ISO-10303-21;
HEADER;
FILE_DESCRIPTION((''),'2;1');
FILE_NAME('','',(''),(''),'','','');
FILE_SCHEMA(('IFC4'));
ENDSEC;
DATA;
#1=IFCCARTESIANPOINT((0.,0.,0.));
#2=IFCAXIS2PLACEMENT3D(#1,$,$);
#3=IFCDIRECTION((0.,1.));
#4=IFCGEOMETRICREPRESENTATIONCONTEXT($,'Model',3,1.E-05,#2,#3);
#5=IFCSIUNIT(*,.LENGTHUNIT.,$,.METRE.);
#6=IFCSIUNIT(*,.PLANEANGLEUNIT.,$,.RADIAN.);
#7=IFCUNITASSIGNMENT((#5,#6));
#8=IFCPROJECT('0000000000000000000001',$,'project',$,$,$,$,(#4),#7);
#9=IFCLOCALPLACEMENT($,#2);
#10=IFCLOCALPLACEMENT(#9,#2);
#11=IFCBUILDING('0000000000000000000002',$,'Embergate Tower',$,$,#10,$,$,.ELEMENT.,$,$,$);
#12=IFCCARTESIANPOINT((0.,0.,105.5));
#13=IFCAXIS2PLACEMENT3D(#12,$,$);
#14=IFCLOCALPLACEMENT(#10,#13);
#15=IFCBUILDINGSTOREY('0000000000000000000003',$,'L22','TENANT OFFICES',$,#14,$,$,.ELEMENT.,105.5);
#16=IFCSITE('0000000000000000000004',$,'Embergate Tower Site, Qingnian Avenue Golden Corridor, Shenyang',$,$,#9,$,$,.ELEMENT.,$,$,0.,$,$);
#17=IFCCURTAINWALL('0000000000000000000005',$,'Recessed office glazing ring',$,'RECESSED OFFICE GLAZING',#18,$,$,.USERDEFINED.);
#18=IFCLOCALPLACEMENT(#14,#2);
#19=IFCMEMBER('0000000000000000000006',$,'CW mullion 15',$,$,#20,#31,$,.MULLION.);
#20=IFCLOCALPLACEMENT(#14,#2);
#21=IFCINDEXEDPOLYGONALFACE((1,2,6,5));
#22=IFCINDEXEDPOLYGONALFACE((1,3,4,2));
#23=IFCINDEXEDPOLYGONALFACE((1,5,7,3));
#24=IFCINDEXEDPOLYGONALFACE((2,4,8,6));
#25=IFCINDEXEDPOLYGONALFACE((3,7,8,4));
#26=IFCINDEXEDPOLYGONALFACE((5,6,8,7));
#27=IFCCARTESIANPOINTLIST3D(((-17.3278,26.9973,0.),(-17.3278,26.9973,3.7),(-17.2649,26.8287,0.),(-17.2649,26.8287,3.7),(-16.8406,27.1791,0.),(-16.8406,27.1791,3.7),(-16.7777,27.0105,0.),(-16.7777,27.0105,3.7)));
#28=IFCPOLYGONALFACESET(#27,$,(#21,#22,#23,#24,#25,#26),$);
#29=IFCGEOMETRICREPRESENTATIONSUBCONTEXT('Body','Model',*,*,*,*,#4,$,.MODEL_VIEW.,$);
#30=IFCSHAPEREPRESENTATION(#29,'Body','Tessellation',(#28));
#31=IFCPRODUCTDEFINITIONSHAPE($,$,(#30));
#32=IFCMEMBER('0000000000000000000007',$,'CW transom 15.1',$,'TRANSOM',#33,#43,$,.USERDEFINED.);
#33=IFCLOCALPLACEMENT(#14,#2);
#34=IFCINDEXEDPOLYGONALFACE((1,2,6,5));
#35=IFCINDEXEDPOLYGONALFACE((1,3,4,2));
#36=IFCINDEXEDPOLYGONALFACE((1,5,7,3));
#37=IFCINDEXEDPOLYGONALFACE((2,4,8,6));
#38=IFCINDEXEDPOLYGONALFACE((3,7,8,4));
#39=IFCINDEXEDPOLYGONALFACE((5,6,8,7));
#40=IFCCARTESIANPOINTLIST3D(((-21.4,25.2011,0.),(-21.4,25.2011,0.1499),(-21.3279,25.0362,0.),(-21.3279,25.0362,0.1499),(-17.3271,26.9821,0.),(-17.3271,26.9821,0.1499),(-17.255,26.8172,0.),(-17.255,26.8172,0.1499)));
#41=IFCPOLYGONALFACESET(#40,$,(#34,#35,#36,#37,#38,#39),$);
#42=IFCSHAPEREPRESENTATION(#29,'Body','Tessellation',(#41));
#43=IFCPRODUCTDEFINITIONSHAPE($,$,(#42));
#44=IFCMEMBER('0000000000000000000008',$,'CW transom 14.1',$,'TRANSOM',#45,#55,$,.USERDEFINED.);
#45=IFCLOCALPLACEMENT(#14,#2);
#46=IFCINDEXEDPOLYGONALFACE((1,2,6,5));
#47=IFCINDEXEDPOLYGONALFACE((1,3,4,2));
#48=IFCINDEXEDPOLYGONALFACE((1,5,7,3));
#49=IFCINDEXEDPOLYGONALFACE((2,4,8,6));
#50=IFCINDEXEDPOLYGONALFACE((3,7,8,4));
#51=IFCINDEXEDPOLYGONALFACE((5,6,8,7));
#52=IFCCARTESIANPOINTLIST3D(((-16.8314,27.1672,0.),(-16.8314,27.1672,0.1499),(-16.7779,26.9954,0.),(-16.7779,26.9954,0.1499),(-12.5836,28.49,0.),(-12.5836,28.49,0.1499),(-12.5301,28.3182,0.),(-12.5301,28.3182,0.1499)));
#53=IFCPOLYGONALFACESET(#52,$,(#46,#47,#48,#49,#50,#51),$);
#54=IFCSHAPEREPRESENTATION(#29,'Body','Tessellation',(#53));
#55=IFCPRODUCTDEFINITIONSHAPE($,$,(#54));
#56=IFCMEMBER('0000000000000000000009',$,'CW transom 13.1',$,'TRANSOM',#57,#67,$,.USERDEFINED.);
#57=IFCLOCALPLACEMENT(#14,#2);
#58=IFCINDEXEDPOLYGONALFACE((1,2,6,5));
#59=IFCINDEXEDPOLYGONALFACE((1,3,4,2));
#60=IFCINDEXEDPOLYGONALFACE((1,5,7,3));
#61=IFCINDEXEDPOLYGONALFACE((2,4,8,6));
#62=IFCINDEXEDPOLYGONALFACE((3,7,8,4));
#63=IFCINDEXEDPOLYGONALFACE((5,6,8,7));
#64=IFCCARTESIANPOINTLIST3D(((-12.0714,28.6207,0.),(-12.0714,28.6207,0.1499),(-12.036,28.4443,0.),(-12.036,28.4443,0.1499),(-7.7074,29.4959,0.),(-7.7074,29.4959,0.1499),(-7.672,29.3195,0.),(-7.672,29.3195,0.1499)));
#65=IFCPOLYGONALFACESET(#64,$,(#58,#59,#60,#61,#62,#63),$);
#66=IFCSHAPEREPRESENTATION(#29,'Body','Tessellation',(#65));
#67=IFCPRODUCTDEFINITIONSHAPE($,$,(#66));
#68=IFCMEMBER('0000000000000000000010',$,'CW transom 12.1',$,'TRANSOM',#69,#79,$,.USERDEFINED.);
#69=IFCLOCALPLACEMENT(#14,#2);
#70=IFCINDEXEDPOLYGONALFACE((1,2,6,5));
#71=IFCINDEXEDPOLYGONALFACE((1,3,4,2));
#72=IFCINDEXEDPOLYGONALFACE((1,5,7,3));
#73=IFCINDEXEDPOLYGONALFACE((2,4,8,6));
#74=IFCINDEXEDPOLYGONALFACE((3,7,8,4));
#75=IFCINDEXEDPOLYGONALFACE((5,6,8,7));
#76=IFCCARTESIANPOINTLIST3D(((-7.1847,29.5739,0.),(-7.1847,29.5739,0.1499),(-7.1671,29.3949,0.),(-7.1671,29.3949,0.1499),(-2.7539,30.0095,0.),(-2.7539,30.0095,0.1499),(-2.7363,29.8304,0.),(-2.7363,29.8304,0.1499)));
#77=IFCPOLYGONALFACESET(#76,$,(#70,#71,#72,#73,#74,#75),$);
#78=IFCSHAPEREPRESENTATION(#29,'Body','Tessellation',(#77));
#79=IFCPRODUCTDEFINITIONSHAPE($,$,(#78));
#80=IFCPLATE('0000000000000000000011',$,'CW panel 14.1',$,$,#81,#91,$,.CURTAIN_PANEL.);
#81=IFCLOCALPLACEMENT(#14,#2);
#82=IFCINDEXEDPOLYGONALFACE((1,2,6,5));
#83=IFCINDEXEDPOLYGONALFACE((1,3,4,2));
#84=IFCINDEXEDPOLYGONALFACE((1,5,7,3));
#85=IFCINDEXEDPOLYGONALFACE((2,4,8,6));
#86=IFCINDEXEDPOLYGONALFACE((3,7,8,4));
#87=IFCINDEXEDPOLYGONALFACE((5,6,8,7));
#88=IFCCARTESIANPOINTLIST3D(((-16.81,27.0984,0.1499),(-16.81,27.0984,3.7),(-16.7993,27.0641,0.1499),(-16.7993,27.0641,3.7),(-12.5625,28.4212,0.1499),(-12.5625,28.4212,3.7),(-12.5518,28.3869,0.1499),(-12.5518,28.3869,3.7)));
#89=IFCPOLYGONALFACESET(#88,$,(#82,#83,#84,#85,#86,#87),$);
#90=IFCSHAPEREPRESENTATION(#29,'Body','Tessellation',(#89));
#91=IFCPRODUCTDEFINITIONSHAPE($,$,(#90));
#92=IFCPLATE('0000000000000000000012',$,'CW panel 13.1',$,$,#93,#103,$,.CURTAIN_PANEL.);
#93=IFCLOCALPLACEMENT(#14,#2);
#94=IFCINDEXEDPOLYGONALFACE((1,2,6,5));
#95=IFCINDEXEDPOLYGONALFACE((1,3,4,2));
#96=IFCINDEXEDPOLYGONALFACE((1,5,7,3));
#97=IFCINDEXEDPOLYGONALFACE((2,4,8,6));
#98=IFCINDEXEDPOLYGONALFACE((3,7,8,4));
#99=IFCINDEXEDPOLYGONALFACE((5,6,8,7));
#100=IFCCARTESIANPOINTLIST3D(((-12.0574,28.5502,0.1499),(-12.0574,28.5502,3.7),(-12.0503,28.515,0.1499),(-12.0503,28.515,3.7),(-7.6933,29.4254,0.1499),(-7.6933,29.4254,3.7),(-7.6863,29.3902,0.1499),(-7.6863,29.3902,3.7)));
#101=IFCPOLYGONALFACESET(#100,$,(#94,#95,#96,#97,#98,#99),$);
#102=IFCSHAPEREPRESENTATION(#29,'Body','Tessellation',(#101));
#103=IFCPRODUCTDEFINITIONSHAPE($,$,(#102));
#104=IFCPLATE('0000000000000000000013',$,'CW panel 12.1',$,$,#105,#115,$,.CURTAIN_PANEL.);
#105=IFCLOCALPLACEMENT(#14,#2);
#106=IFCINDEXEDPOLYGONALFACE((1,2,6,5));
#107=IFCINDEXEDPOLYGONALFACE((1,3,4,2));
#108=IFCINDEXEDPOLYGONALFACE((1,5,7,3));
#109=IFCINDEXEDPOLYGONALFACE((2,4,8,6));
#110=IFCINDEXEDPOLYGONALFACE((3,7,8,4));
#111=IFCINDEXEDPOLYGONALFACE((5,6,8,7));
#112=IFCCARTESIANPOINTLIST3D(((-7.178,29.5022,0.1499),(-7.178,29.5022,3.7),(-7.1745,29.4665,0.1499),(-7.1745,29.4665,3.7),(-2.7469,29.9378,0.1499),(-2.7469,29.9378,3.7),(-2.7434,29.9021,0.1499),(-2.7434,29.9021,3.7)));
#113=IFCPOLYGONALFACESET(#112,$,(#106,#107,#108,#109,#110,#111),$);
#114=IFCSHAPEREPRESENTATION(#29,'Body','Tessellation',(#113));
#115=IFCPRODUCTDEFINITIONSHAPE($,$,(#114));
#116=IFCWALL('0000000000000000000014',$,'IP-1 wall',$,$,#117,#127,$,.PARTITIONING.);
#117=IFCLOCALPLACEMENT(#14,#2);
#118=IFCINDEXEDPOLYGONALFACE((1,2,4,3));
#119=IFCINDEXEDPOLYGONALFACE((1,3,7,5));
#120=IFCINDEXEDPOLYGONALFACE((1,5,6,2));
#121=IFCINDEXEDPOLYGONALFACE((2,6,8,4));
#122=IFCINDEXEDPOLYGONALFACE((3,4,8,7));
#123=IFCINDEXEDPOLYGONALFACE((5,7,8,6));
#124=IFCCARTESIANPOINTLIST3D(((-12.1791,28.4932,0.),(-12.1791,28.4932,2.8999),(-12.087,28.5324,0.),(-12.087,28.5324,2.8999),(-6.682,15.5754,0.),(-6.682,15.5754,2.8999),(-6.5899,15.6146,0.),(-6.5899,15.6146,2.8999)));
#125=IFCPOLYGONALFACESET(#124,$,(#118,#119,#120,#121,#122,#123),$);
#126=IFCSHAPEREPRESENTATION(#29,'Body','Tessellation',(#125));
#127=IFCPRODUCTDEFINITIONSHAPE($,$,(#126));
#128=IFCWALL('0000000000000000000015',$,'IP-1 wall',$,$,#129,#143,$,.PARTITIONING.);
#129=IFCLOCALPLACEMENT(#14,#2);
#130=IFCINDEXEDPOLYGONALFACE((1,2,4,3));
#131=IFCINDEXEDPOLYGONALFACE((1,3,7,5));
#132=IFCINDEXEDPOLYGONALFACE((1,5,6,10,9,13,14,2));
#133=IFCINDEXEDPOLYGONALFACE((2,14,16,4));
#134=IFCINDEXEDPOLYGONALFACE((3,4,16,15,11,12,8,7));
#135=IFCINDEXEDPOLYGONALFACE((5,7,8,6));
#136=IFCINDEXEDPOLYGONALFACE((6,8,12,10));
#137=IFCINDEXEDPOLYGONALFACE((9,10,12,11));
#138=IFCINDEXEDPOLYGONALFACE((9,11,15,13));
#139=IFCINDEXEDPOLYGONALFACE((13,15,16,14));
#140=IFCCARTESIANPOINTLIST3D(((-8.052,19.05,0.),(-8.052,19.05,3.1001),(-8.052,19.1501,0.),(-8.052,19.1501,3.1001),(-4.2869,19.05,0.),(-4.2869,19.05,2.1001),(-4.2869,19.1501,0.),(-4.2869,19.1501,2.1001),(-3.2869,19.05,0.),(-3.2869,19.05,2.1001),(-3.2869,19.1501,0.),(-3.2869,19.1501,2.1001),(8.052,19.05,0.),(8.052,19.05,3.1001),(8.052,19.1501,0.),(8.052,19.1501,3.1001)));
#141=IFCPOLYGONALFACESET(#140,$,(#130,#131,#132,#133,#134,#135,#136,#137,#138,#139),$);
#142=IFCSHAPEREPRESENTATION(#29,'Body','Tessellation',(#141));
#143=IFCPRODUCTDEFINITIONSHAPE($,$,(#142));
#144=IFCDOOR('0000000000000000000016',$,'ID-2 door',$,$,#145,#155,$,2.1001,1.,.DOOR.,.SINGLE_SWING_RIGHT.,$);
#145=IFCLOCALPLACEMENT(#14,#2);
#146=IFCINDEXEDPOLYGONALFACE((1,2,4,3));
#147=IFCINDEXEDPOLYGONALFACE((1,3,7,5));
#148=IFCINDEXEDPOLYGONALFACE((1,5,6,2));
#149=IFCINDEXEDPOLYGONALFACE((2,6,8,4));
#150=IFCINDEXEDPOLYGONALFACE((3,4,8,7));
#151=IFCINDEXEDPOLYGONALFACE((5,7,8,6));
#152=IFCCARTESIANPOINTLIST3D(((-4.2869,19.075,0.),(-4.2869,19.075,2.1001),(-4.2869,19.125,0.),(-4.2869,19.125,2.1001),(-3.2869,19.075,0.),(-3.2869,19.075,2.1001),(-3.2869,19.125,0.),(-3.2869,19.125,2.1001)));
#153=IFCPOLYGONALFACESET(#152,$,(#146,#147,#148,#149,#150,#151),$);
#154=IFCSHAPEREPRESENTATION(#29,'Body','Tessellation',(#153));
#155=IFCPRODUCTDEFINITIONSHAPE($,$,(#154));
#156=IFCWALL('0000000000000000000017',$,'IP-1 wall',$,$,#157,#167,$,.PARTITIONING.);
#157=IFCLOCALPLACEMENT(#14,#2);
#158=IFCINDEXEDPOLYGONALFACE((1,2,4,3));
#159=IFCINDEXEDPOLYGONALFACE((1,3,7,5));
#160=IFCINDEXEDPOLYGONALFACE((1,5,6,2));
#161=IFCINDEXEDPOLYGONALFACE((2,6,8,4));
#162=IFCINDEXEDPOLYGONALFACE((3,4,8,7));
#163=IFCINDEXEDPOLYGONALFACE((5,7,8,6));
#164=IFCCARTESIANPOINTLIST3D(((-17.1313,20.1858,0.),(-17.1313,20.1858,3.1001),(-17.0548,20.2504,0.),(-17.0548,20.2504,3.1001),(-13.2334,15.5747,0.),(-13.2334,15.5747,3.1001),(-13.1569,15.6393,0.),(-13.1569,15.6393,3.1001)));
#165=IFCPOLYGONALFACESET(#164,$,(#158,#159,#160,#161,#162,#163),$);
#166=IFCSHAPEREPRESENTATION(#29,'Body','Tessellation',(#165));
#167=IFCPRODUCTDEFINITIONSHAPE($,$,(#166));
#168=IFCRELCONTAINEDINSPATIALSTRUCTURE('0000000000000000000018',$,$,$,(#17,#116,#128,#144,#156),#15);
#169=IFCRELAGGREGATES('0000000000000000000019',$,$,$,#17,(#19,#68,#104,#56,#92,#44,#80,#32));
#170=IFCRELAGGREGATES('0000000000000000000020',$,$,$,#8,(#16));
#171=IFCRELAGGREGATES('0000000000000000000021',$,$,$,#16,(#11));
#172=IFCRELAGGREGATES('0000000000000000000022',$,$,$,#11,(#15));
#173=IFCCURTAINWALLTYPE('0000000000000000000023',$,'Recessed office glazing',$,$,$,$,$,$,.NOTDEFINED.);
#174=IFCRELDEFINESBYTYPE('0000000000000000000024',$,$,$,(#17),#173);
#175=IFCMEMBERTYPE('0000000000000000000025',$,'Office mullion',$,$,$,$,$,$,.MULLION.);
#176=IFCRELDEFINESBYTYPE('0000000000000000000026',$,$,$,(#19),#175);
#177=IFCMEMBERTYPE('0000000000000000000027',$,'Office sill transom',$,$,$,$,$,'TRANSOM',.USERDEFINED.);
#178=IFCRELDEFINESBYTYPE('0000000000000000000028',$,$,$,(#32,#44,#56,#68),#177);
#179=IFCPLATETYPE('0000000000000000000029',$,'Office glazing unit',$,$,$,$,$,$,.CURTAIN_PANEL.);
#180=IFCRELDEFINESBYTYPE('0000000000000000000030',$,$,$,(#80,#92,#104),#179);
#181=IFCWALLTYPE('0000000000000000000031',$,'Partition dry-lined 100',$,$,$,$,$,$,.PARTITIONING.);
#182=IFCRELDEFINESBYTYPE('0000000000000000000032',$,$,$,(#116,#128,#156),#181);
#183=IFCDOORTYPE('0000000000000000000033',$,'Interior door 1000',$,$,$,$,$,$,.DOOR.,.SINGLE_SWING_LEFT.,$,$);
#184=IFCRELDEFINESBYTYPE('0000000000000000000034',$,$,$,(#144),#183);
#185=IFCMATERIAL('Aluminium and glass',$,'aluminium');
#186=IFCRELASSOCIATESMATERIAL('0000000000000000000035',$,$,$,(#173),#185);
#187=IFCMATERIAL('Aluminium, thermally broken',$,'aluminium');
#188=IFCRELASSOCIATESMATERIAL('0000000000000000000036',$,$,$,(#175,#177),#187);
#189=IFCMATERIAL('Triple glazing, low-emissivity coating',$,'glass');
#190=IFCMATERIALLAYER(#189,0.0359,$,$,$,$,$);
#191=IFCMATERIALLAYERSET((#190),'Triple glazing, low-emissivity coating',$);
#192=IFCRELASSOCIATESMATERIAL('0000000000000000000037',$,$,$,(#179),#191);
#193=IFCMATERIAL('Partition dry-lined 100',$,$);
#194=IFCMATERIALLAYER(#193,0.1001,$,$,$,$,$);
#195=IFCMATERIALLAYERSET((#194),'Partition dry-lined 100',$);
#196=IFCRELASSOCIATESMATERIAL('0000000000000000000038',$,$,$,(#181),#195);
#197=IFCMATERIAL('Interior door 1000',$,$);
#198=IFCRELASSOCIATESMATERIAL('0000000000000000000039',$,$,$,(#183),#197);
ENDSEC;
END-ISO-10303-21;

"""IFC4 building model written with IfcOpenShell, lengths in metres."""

from ifc_helpers import new_model, si_unit, direction, frame, frame_2d, origin, origin_2d, place, context, subcontext, project, spatial, rectangle, extrude, source, transform, mapped, material, layer, layer_set, material_profile, profile_set, type_object, element, fill, aggregate, save


model = new_model("IFC4")

# Units and contexts
model_context = context("Model", 3, precision=1e-05, world=origin(), true_north=direction((0.0, 1.0)))
body_context = subcontext(model_context, "Body", "Model", "MODEL_VIEW")
ifc_project = project(units=[si_unit("LENGTHUNIT", "METRE"), si_unit("PLANEANGLEUNIT", "RADIAN")], contexts=[model_context])

# Site, building, storey
site_placement = place(None, origin())
site = spatial("IfcSite", under=ifc_project, at=site_placement, Name="Embergate Tower Site, Qingnian Avenue Golden Corridor, Shenyang", CompositionType="ELEMENT", RefElevation=0.0)
building_placement = place(site_placement, origin())
building = spatial("IfcBuilding", under=site, at=building_placement, Name="Embergate Tower", CompositionType="ELEMENT")
storey_placement = place(building_placement, frame((0.0, 0.0, 105.5)))
storey = spatial("IfcBuildingStorey", under=building, at=storey_placement, Name="L22", Description="TENANT OFFICES", CompositionType="ELEMENT", Elevation=105.5)

# Curtain wall, members, plates
ifc_material_1 = material(Name="Aluminium and glass", Category="aluminium")
curtain_wall_type = type_object("IfcCurtainWallType", Name="Recessed office glazing", PredefinedType="NOTDEFINED", material=ifc_material_1)
curtain_wall_placement = place(storey_placement, origin())
curtain_wall = element("IfcCurtainWall", 1, at=curtain_wall_placement, inside=storey, type_object=curtain_wall_type, Name="Recessed office glazing ring", ObjectType="RECESSED OFFICE GLAZING", PredefinedType="USERDEFINED")
ifc_material_2 = material(Name="Aluminium, thermally broken", Category="aluminium")
ifc_material_profile_1 = material_profile(ifc_material_2, rectangle(XDim=0.1799, YDim=0.52, at=origin_2d()), Name="AL 520x180")
ifc_profile_set_1 = profile_set([ifc_material_profile_1], Name="Aluminium, thermally broken")
member_type_1 = type_object("IfcMemberType", Name="Office mullion", PredefinedType="MULLION", material=ifc_profile_set_1)
shared_shape_1 = source(origin(), body_context, "Body", "SweptSolid", [
    extrude(rectangle(XDim=0.1799, YDim=0.52, at=origin_2d()), origin(), (0.0, 0.0, 1.0), 3.7),
])
member_1_placement = place(storey_placement, frame((-17.0527, 27.0039, 0.0), z_axis=(0.0, 0.0, 1.0), x_axis=(0.349511, -0.936932, 0.0)))
member_1 = element("IfcMember", 2, at=member_1_placement, type_object=member_type_1, Name="CW mullion 15", PredefinedType="MULLION", context=body_context, shape_type="MappedRepresentation", body=[
    mapped(shared_shape_1, transform((0.0, 0.0, 0.0))),
])
ifc_material_profile_2 = material_profile(ifc_material_2, rectangle(XDim=0.1799, YDim=0.1499, at=origin_2d()), Name="AL 150x180")
ifc_profile_set_2 = profile_set([ifc_material_profile_2], Name="Aluminium, thermally broken")
member_type_2 = type_object("IfcMemberType", Name="Office sill transom", ElementType="TRANSOM", PredefinedType="USERDEFINED", material=ifc_profile_set_2)
shared_shape_2 = source(origin(), body_context, "Body", "SweptSolid", [
    extrude(rectangle(XDim=0.1799, YDim=0.1499, at=origin_2d()), origin(), (0.0, 0.0, 1.0), 4.4453),
])
member_2_placement = place(storey_placement, frame((-17.291, 26.8997, 0.075), z_axis=(-0.916234, -0.400643, 0.0), x_axis=(0.400643, -0.916234, 0.0)))
member_2 = element("IfcMember", 3, at=member_2_placement, type_object=member_type_2, Name="CW transom 15.1", ObjectType="TRANSOM", PredefinedType="USERDEFINED", context=body_context, shape_type="MappedRepresentation", body=[
    mapped(shared_shape_2, transform((0.0, 0.0, 0.0))),
])
shared_shape_3 = source(origin(), body_context, "Body", "SweptSolid", [
    extrude(rectangle(XDim=0.1799, YDim=0.1499, at=origin_2d()), origin(), (0.0, 0.0, 1.0), 4.449),
])
member_3_placement = place(storey_placement, frame((-12.5569, 28.4041, 0.075), z_axis=(-0.954779, -0.297316, 0.0), x_axis=(0.297316, -0.954779, 0.0)))
member_3 = element("IfcMember", 4, at=member_3_placement, type_object=member_type_2, Name="CW transom 14.1", ObjectType="TRANSOM", PredefinedType="USERDEFINED", context=body_context, shape_type="MappedRepresentation", body=[
    mapped(shared_shape_3, transform((0.0, 0.0, 0.0))),
])
shared_shape_4 = source(origin(), body_context, "Body", "SweptSolid", [
    extrude(rectangle(XDim=0.1799, YDim=0.1499, at=origin_2d()), origin(), (0.0, 0.0, 1.0), 4.4509),
])
member_4_placement = place(storey_placement, frame((-7.6897, 29.4077, 0.075), z_axis=(-0.980475, -0.196644, 0.0), x_axis=(0.196644, -0.980475, 0.0)))
member_4 = element("IfcMember", 5, at=member_4_placement, type_object=member_type_2, Name="CW transom 13.1", ObjectType="TRANSOM", PredefinedType="USERDEFINED", context=body_context, shape_type="MappedRepresentation", body=[
    mapped(shared_shape_4, transform((0.0, 0.0, 0.0))),
])
shared_shape_5 = source(origin(), body_context, "Body", "SweptSolid", [
    extrude(rectangle(XDim=0.1799, YDim=0.1499, at=origin_2d()), origin(), (0.0, 0.0, 1.0), 4.4521),
])
member_5_placement = place(storey_placement, frame((-2.7451, 29.9199, 0.075), z_axis=(-0.995204, -0.097826, 0.0), x_axis=(0.097826, -0.995204, 0.0)))
member_5 = element("IfcMember", 6, at=member_5_placement, type_object=member_type_2, Name="CW transom 12.1", ObjectType="TRANSOM", PredefinedType="USERDEFINED", context=body_context, shape_type="MappedRepresentation", body=[
    mapped(shared_shape_5, transform((0.0, 0.0, 0.0))),
])
ifc_material_3 = material(Name="Triple glazing, low-emissivity coating", Category="glass")
ifc_layer_1 = layer(ifc_material_3, 0.0359)
ifc_layer_set_1 = layer_set([ifc_layer_1], Name="Triple glazing, low-emissivity coating")
plate_type = type_object("IfcPlateType", Name="Office glazing unit", PredefinedType="CURTAIN_PANEL", material=ifc_layer_set_1)
shared_shape_6 = source(origin(), body_context, "Body", "SweptSolid", [
    extrude(rectangle(XDim=4.4487, YDim=0.0359, at=origin_2d()), origin(), (0.0, 0.0, 1.0), 3.55),
])
plate_1_placement = place(storey_placement, frame((-14.6809, 27.7427, 0.1499), z_axis=(0.0, 0.0, 1.0), x_axis=(-0.95477, -0.297345, 0.0)))
plate_1 = element("IfcPlate", 7, at=plate_1_placement, type_object=plate_type, Name="CW panel 14.1", PredefinedType="CURTAIN_PANEL", context=body_context, shape_type="MappedRepresentation", body=[
    mapped(shared_shape_6, transform((0.0, 0.0, 0.0))),
])
shared_shape_7 = source(origin(), body_context, "Body", "SweptSolid", [
    extrude(rectangle(XDim=4.4509, YDim=0.0359, at=origin_2d()), origin(), (0.0, 0.0, 1.0), 3.55),
])
plate_2_placement = place(storey_placement, frame((-9.8718, 28.9702, 0.1499), z_axis=(0.0, 0.0, 1.0), x_axis=(-0.980475, -0.196644, 0.0)))
plate_2 = element("IfcPlate", 8, at=plate_2_placement, type_object=plate_type, Name="CW panel 13.1", PredefinedType="CURTAIN_PANEL", context=body_context, shape_type="MappedRepresentation", body=[
    mapped(shared_shape_7, transform((0.0, 0.0, 0.0))),
])
shared_shape_8 = source(origin(), body_context, "Body", "SweptSolid", [
    extrude(rectangle(XDim=4.4524, YDim=0.0359, at=origin_2d()), origin(), (0.0, 0.0, 1.0), 3.55),
])
plate_3_placement = place(storey_placement, frame((-4.9607, 29.7021, 0.1499), z_axis=(0.0, 0.0, 1.0), x_axis=(-0.995203, -0.097831, 0.0)))
plate_3 = element("IfcPlate", 9, at=plate_3_placement, type_object=plate_type, Name="CW panel 12.1", PredefinedType="CURTAIN_PANEL", context=body_context, shape_type="MappedRepresentation", body=[
    mapped(shared_shape_8, transform((0.0, 0.0, 0.0))),
])
aggregate(curtain_wall, [member_1, member_5, plate_3, member_4, plate_2, member_3, plate_1, member_2])

# Wall
ifc_material_4 = material(Name="Partition dry-lined 100")
ifc_layer_2 = layer(ifc_material_4, 0.1001)
ifc_layer_set_2 = layer_set([ifc_layer_2], Name="Partition dry-lined 100")
wall_type = type_object("IfcWallType", Name="Partition dry-lined 100", PredefinedType="PARTITIONING", material=ifc_layer_set_2)
shared_shape_9 = source(origin(), body_context, "Body", "SweptSolid", [
    extrude(rectangle(XDim=14.0388, YDim=0.1001, at=frame_2d((7.0195, 0.0))), origin(), (0.0, 0.0, 1.0), 2.8999),
])
wall_1_placement = place(storey_placement, frame((-12.1331, 28.5129, 0.0), z_axis=(0.0, 0.0, 1.0), x_axis=(0.391559, -0.920153, 0.0)))
element("IfcWall", 10, at=wall_1_placement, inside=storey, type_object=wall_type, Name="IP-1 wall", PredefinedType="PARTITIONING", context=body_context, shape_type="MappedRepresentation", body=[
    mapped(shared_shape_9, transform((0.0, 0.0, 0.0))),
])

# Wall, opening, door
shared_shape_10 = source(origin(), body_context, "Body", "SweptSolid", [
    extrude(rectangle(XDim=16.104, YDim=0.1001, at=frame_2d((8.052, 0.0))), origin(), (0.0, 0.0, 1.0), 3.1001),
])
wall_2_placement = place(storey_placement, frame((-8.052, 19.1001, 0.0), z_axis=(0.0, 0.0, 1.0), x_axis=(1.0, 0.0, 0.0)))
wall_2 = element("IfcWall", 11, at=wall_2_placement, inside=storey, type_object=wall_type, Name="IP-1 wall", PredefinedType="PARTITIONING", context=body_context, shape_type="MappedRepresentation", body=[
    mapped(shared_shape_10, transform((0.0, 0.0, 0.0))),
])
shared_shape_11 = source(origin(), body_context, "Body", "SweptSolid", [
    extrude(rectangle(XDim=1.0, YDim=2.1001, at=frame_2d((0.5, 1.05))), frame((0.0, 0.0601, 0.0), z_axis=(0.0, -1.0, 0.0), x_axis=(1.0, 0.0, 0.0)), (0.0, 0.0, 1.0), 0.1201),
])
opening_placement = place(wall_2_placement, frame((3.7651, 0.0, 0.0)))
opening = element("IfcOpeningElement", 12, at=opening_placement, cuts=wall_2, PredefinedType="OPENING", context=body_context, shape_type="MappedRepresentation", body=[
    mapped(shared_shape_11, transform((0.0, 0.0, 0.0))),
])
ifc_material_5 = material(Name="Interior door 1000")
door_type = type_object("IfcDoorType", Name="Interior door 1000", OperationType="SINGLE_SWING_LEFT", PredefinedType="DOOR", material=ifc_material_5)
shared_shape_12 = source(origin(), body_context, "Body", "SweptSolid", [
    extrude(rectangle(XDim=1.0, YDim=2.1001, at=frame_2d((0.5, 1.05))), frame((0.0, 0.0249, 0.0), z_axis=(0.0, -1.0, 0.0), x_axis=(1.0, 0.0, 0.0)), (0.0, 0.0, 1.0), 0.05),
])
door_placement = place(opening_placement, origin())
door = element("IfcDoor", 13, at=door_placement, inside=storey, type_object=door_type, Name="ID-2 door", OperationType="SINGLE_SWING_RIGHT", OverallHeight=2.1001, OverallWidth=1.0, PredefinedType="DOOR", context=body_context, shape_type="MappedRepresentation", body=[
    mapped(shared_shape_12, transform((0.0, 0.0, 0.0))),
])
fill(opening, door)

# Wall
shared_shape_13 = source(origin(), body_context, "Body", "SweptSolid", [
    extrude(rectangle(XDim=6.0378, YDim=0.1001, at=frame_2d((3.019, 0.0))), origin(), (0.0, 0.0, 1.0), 3.1001),
])
wall_3_placement = place(storey_placement, frame((-13.1951, 15.6069, 0.0), z_axis=(0.0, 0.0, 1.0), x_axis=(-0.645581, 0.763691, 0.0)))
element("IfcWall", 14, at=wall_3_placement, inside=storey, type_object=wall_type, Name="IP-1 wall", PredefinedType="PARTITIONING", context=body_context, shape_type="MappedRepresentation", body=[
    mapped(shared_shape_13, transform((0.0, 0.0, 0.0))),
])

save(model, "model.ifc")
